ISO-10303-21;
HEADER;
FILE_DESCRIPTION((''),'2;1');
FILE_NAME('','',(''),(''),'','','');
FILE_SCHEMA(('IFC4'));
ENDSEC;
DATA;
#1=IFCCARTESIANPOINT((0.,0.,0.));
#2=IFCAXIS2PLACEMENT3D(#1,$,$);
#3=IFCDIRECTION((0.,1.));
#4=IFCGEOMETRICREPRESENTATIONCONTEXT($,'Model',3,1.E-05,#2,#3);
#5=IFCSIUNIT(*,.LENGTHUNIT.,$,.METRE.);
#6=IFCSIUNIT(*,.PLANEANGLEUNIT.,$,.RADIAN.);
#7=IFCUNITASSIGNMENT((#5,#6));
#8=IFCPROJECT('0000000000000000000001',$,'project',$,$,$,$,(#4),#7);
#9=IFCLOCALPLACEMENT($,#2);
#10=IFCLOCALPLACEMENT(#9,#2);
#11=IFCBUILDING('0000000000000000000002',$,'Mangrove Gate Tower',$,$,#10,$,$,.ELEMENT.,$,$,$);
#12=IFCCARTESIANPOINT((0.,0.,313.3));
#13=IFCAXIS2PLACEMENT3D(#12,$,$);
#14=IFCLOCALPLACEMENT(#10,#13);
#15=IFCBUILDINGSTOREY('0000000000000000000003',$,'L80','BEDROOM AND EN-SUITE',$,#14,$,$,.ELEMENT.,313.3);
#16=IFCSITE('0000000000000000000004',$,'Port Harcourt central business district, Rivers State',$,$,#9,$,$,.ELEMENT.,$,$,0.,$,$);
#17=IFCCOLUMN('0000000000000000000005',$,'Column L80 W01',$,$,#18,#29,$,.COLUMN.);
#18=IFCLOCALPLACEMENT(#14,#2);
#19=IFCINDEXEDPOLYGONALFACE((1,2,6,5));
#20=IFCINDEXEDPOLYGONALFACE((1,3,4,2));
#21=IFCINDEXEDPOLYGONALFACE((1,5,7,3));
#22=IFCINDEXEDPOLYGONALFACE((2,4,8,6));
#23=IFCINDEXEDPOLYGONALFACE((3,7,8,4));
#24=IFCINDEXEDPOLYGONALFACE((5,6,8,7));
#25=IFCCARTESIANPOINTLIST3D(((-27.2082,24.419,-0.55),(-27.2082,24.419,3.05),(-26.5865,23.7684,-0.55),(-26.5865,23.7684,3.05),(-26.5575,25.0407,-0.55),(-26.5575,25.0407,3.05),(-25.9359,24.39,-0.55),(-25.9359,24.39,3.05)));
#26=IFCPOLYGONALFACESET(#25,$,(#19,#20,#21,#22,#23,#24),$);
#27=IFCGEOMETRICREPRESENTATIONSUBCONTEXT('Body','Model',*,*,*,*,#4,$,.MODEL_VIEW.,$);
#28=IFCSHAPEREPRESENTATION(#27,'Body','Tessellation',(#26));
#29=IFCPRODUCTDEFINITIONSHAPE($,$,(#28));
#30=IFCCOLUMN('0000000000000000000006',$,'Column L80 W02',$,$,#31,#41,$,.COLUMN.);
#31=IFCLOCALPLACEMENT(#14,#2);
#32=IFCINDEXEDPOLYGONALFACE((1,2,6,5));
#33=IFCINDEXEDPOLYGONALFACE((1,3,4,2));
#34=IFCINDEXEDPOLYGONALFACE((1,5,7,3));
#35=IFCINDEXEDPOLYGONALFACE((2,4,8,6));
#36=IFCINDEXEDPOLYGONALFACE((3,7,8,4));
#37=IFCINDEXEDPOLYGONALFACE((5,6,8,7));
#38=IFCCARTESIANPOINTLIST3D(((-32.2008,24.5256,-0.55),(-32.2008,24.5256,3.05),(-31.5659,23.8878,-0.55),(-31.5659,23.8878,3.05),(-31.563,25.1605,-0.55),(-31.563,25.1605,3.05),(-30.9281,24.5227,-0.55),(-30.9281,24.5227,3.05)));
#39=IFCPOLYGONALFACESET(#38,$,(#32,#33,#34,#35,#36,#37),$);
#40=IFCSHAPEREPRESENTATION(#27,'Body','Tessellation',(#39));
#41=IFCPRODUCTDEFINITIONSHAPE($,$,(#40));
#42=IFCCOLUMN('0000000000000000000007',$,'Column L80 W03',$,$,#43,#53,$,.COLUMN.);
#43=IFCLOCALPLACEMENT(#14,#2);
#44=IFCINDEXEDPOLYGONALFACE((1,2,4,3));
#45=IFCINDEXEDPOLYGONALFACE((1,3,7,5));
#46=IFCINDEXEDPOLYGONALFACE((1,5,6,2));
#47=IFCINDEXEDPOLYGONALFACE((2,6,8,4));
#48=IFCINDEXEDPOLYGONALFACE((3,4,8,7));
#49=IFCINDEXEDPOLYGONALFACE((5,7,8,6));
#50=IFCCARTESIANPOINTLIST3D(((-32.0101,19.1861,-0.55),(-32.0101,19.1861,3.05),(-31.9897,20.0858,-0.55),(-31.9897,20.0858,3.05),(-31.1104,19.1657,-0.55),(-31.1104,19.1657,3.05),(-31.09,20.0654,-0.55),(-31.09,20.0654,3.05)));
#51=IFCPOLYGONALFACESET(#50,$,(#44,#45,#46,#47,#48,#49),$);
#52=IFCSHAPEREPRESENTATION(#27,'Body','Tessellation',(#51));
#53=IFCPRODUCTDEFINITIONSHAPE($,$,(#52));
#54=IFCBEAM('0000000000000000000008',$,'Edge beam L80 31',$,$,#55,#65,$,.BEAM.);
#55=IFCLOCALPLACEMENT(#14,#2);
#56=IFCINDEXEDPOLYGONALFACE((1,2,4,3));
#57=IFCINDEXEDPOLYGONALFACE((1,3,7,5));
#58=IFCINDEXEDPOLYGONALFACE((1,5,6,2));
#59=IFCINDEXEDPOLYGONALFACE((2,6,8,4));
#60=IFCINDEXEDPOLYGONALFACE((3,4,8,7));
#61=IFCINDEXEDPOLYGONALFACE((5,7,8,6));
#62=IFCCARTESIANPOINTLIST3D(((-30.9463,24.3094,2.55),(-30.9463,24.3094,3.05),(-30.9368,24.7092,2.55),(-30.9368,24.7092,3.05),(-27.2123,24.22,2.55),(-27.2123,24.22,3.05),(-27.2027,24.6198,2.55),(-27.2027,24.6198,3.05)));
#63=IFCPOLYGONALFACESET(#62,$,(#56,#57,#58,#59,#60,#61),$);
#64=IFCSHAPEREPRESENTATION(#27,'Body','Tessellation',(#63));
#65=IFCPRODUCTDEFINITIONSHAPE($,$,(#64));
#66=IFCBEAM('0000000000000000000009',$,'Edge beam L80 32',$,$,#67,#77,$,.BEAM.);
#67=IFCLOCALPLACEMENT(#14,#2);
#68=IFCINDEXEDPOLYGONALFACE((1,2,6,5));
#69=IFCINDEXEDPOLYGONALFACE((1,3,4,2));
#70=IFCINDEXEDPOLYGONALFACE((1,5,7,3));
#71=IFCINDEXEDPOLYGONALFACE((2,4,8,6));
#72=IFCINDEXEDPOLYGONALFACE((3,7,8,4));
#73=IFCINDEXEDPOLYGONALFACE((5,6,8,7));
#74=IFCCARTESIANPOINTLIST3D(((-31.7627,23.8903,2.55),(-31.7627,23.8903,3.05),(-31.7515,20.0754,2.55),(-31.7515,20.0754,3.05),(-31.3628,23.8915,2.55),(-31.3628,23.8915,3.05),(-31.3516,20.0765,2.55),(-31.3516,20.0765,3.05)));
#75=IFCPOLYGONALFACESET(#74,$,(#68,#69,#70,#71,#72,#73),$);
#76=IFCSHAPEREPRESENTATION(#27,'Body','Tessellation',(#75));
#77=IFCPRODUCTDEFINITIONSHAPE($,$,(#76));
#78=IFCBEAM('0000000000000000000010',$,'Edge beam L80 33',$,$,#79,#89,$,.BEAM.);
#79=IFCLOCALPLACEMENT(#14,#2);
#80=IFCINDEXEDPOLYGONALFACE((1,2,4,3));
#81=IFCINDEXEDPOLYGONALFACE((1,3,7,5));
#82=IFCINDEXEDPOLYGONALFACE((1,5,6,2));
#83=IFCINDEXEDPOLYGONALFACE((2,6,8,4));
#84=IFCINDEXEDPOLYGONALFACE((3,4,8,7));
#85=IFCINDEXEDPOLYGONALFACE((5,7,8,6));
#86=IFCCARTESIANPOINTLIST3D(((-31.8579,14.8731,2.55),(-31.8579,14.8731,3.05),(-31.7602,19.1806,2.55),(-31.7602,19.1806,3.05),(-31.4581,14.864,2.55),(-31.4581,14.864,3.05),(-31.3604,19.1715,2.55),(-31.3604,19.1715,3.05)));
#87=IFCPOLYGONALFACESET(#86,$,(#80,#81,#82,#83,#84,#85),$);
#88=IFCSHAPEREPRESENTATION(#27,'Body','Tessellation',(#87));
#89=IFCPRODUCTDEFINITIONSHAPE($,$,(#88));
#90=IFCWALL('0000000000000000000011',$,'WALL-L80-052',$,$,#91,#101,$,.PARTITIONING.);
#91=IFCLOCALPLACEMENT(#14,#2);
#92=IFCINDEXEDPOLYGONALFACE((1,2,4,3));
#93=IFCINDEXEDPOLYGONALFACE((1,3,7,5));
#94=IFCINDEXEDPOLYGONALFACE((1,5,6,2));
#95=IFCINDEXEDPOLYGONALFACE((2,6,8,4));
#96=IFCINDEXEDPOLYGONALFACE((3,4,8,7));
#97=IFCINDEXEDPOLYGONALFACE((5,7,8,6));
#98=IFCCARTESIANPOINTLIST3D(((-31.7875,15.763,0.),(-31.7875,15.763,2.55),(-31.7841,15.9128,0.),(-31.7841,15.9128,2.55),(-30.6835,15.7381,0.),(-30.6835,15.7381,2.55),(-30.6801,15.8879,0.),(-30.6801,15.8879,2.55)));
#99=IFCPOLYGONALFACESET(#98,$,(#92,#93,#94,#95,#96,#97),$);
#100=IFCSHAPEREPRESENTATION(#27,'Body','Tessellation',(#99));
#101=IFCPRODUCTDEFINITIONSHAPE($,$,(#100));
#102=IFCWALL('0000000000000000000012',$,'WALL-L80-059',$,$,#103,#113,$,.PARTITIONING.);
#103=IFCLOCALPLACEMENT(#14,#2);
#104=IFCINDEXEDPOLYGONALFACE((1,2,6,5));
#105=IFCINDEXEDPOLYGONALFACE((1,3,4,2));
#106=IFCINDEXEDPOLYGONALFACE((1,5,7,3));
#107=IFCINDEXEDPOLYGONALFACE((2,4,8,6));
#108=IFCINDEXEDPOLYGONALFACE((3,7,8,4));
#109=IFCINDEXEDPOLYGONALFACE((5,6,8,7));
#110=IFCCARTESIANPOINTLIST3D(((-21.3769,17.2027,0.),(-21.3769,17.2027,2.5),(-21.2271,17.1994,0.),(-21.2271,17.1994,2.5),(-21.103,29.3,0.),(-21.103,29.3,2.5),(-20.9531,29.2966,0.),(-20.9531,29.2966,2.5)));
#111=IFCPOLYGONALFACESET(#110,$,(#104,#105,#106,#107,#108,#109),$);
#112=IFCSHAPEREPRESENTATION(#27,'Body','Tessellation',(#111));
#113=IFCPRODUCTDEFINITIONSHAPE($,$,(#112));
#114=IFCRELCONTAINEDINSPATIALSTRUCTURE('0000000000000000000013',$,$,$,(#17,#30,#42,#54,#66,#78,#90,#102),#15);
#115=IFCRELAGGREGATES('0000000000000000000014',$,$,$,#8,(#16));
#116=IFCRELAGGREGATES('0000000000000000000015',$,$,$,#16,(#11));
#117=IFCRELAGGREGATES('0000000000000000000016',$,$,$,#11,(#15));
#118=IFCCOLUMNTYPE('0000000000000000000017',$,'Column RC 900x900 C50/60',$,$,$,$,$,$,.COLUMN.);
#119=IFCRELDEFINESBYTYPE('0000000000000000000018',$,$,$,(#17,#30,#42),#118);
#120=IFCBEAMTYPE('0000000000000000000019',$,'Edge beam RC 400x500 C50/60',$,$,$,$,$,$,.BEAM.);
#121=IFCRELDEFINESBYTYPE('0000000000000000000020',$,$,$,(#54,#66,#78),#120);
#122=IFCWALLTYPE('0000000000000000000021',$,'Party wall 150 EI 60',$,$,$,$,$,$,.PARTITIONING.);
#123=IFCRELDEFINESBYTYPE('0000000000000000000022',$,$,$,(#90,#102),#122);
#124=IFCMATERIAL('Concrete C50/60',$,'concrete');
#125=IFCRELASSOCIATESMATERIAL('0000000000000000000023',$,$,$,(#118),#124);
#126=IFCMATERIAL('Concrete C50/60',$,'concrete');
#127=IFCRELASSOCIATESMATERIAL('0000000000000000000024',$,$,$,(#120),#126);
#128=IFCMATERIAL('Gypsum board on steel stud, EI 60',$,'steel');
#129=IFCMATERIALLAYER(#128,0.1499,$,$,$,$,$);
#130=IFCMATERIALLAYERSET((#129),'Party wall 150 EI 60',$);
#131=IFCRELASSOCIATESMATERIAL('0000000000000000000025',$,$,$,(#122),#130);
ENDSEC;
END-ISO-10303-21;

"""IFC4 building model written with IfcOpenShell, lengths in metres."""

from ifc_helpers import new_model, si_unit, direction, frame, frame_2d, origin, origin_2d, place, context, subcontext, project, spatial, rectangle, extrude, material, layer, layer_set, material_profile, profile_set, type_object, element, save


model = new_model("IFC4")

# Units and contexts
model_context = context("Model", 3, precision=1e-05, world=origin(), true_north=direction((0.0, 1.0)))
body_context = subcontext(model_context, "Body", "Model", "MODEL_VIEW")
ifc_project = project(units=[si_unit("LENGTHUNIT", "METRE"), si_unit("PLANEANGLEUNIT", "RADIAN")], contexts=[model_context])

# Site, building, storey
site_placement = place(None, origin())
site = spatial("IfcSite", under=ifc_project, at=site_placement, Name="Port Harcourt central business district, Rivers State", CompositionType="ELEMENT", RefElevation=0.0)
building_placement = place(site_placement, origin())
building = spatial("IfcBuilding", under=site, at=building_placement, Name="Mangrove Gate Tower", CompositionType="ELEMENT")
storey_placement = place(building_placement, frame((0.0, 0.0, 313.3)))
storey = spatial("IfcBuildingStorey", under=building, at=storey_placement, Name="L80", Description="BEDROOM AND EN-SUITE", CompositionType="ELEMENT", Elevation=313.3)

# Columns
ifc_material_1 = material(Name="Concrete C50/60", Category="concrete")
ifc_material_profile_1 = material_profile(ifc_material_1, rectangle(XDim=0.8999, YDim=0.8999, at=origin_2d()))
ifc_profile_set_1 = profile_set([ifc_material_profile_1], Name="Concrete C50/60")
column_type = type_object("IfcColumnType", Name="Column RC 900x900 C50/60", PredefinedType="COLUMN", material=ifc_profile_set_1)
for number, where, z_axis, x_axis, name in (
    (1, (-26.572, 24.4045, -0.55), (0.0, 0.0, 1.0), (-0.723044, -0.690802, 0.0), "Column L80 W01"),
    (2, (-31.5645, 24.5242, -0.55), (0.0, 0.0, 1.0), (-0.708698, -0.705512, 0.0), "Column L80 W02"),
    (3, (-31.55, 19.6257, -0.55), (0.0, 0.0, 1.0), (-0.022656, -0.999743, 0.0), "Column L80 W03"),
):
    element("IfcColumn", number, at=place(storey_placement, frame(where, z_axis=z_axis, x_axis=x_axis)), inside=storey, type_object=column_type, Name=name, PredefinedType="COLUMN", context=body_context, shape_type="SweptSolid", body=[
        extrude(rectangle(XDim=0.8999, YDim=0.8999, at=origin_2d()), origin(), (0.0, 0.0, 1.0), 3.6001),
    ])

# Beams
ifc_material_2 = material(Name="Concrete C50/60", Category="concrete")
ifc_material_profile_2 = material_profile(ifc_material_2, rectangle(XDim=0.3999, YDim=0.5, at=origin_2d()))
ifc_profile_set_2 = profile_set([ifc_material_profile_2], Name="Concrete C50/60")
beam_type = type_object("IfcBeamType", Name="Edge beam RC 400x500 C50/60", PredefinedType="BEAM", material=ifc_profile_set_2)
beam_1_placement = place(storey_placement, frame((-27.2075, 24.4199, 2.8), z_axis=(-0.999714, 0.023923, 0.0), x_axis=(-0.023923, -0.999714, 0.0)))
element("IfcBeam", 4, at=beam_1_placement, inside=storey, type_object=beam_type, Name="Edge beam L80 31", PredefinedType="BEAM", context=body_context, shape_type="SweptSolid", body=[
    extrude(rectangle(XDim=0.3999, YDim=0.5, at=origin_2d()), origin(), (0.0, 0.0, 1.0), 3.7351),
])
beam_2_placement = place(storey_placement, frame((-31.5627, 23.8909, 2.8), z_axis=(0.002944, -0.999996, 0.0), x_axis=(0.999996, 0.002944, 0.0)))
element("IfcBeam", 5, at=beam_2_placement, inside=storey, type_object=beam_type, Name="Edge beam L80 32", PredefinedType="BEAM", context=body_context, shape_type="SweptSolid", body=[
    extrude(rectangle(XDim=0.3999, YDim=0.5, at=origin_2d()), origin(), (0.0, 0.0, 1.0), 3.8149),
])
beam_3_placement = place(storey_placement, frame((-31.5603, 19.176, 2.8), z_axis=(-0.022666, -0.999743, 0.0), x_axis=(0.999743, -0.022666, 0.0)))
element("IfcBeam", 6, at=beam_3_placement, inside=storey, type_object=beam_type, Name="Edge beam L80 33", PredefinedType="BEAM", context=body_context, shape_type="SweptSolid", body=[
    extrude(rectangle(XDim=0.3999, YDim=0.5, at=origin_2d()), origin(), (0.0, 0.0, 1.0), 4.3086),
])

# Walls
ifc_material_3 = material(Name="Gypsum board on steel stud, EI 60", Category="steel")
ifc_layer_1 = layer(ifc_material_3, 0.1499)
ifc_layer_set_1 = layer_set([ifc_layer_1], Name="Party wall 150 EI 60")
wall_type_1 = type_object("IfcWallType", Name="Party wall 150 EI 60", PredefinedType="PARTITIONING", material=ifc_layer_set_1)
wall_1_placement = place(storey_placement, frame((-31.7859, 15.8379, 0.0), z_axis=(0.0, 0.0, 1.0), x_axis=(0.999746, -0.022551, 0.0)))
element("IfcWall", 7, at=wall_1_placement, inside=storey, type_object=wall_type_1, Name="WALL-L80-052", PredefinedType="PARTITIONING", context=body_context, shape_type="SweptSolid", body=[
    extrude(rectangle(XDim=1.1042, YDim=0.1499, at=frame_2d((0.5522, 0.0))), origin(), (0.0, 0.0, 1.0), 2.55),
])
wall_2_placement = place(storey_placement, frame((-21.302, 17.2009, 0.0), z_axis=(0.0, 0.0, 1.0), x_axis=(0.022638, 0.999744, 0.0)))
element("IfcWall", 8, at=wall_2_placement, inside=storey, type_object=wall_type_1, Name="WALL-L80-059", PredefinedType="PARTITIONING", context=body_context, shape_type="SweptSolid", body=[
    extrude(rectangle(XDim=12.1003, YDim=0.1499, at=frame_2d((6.0503, 0.0))), origin(), (0.0, 0.0, 1.0), 2.5),
])

save(model, "model.ifc")
